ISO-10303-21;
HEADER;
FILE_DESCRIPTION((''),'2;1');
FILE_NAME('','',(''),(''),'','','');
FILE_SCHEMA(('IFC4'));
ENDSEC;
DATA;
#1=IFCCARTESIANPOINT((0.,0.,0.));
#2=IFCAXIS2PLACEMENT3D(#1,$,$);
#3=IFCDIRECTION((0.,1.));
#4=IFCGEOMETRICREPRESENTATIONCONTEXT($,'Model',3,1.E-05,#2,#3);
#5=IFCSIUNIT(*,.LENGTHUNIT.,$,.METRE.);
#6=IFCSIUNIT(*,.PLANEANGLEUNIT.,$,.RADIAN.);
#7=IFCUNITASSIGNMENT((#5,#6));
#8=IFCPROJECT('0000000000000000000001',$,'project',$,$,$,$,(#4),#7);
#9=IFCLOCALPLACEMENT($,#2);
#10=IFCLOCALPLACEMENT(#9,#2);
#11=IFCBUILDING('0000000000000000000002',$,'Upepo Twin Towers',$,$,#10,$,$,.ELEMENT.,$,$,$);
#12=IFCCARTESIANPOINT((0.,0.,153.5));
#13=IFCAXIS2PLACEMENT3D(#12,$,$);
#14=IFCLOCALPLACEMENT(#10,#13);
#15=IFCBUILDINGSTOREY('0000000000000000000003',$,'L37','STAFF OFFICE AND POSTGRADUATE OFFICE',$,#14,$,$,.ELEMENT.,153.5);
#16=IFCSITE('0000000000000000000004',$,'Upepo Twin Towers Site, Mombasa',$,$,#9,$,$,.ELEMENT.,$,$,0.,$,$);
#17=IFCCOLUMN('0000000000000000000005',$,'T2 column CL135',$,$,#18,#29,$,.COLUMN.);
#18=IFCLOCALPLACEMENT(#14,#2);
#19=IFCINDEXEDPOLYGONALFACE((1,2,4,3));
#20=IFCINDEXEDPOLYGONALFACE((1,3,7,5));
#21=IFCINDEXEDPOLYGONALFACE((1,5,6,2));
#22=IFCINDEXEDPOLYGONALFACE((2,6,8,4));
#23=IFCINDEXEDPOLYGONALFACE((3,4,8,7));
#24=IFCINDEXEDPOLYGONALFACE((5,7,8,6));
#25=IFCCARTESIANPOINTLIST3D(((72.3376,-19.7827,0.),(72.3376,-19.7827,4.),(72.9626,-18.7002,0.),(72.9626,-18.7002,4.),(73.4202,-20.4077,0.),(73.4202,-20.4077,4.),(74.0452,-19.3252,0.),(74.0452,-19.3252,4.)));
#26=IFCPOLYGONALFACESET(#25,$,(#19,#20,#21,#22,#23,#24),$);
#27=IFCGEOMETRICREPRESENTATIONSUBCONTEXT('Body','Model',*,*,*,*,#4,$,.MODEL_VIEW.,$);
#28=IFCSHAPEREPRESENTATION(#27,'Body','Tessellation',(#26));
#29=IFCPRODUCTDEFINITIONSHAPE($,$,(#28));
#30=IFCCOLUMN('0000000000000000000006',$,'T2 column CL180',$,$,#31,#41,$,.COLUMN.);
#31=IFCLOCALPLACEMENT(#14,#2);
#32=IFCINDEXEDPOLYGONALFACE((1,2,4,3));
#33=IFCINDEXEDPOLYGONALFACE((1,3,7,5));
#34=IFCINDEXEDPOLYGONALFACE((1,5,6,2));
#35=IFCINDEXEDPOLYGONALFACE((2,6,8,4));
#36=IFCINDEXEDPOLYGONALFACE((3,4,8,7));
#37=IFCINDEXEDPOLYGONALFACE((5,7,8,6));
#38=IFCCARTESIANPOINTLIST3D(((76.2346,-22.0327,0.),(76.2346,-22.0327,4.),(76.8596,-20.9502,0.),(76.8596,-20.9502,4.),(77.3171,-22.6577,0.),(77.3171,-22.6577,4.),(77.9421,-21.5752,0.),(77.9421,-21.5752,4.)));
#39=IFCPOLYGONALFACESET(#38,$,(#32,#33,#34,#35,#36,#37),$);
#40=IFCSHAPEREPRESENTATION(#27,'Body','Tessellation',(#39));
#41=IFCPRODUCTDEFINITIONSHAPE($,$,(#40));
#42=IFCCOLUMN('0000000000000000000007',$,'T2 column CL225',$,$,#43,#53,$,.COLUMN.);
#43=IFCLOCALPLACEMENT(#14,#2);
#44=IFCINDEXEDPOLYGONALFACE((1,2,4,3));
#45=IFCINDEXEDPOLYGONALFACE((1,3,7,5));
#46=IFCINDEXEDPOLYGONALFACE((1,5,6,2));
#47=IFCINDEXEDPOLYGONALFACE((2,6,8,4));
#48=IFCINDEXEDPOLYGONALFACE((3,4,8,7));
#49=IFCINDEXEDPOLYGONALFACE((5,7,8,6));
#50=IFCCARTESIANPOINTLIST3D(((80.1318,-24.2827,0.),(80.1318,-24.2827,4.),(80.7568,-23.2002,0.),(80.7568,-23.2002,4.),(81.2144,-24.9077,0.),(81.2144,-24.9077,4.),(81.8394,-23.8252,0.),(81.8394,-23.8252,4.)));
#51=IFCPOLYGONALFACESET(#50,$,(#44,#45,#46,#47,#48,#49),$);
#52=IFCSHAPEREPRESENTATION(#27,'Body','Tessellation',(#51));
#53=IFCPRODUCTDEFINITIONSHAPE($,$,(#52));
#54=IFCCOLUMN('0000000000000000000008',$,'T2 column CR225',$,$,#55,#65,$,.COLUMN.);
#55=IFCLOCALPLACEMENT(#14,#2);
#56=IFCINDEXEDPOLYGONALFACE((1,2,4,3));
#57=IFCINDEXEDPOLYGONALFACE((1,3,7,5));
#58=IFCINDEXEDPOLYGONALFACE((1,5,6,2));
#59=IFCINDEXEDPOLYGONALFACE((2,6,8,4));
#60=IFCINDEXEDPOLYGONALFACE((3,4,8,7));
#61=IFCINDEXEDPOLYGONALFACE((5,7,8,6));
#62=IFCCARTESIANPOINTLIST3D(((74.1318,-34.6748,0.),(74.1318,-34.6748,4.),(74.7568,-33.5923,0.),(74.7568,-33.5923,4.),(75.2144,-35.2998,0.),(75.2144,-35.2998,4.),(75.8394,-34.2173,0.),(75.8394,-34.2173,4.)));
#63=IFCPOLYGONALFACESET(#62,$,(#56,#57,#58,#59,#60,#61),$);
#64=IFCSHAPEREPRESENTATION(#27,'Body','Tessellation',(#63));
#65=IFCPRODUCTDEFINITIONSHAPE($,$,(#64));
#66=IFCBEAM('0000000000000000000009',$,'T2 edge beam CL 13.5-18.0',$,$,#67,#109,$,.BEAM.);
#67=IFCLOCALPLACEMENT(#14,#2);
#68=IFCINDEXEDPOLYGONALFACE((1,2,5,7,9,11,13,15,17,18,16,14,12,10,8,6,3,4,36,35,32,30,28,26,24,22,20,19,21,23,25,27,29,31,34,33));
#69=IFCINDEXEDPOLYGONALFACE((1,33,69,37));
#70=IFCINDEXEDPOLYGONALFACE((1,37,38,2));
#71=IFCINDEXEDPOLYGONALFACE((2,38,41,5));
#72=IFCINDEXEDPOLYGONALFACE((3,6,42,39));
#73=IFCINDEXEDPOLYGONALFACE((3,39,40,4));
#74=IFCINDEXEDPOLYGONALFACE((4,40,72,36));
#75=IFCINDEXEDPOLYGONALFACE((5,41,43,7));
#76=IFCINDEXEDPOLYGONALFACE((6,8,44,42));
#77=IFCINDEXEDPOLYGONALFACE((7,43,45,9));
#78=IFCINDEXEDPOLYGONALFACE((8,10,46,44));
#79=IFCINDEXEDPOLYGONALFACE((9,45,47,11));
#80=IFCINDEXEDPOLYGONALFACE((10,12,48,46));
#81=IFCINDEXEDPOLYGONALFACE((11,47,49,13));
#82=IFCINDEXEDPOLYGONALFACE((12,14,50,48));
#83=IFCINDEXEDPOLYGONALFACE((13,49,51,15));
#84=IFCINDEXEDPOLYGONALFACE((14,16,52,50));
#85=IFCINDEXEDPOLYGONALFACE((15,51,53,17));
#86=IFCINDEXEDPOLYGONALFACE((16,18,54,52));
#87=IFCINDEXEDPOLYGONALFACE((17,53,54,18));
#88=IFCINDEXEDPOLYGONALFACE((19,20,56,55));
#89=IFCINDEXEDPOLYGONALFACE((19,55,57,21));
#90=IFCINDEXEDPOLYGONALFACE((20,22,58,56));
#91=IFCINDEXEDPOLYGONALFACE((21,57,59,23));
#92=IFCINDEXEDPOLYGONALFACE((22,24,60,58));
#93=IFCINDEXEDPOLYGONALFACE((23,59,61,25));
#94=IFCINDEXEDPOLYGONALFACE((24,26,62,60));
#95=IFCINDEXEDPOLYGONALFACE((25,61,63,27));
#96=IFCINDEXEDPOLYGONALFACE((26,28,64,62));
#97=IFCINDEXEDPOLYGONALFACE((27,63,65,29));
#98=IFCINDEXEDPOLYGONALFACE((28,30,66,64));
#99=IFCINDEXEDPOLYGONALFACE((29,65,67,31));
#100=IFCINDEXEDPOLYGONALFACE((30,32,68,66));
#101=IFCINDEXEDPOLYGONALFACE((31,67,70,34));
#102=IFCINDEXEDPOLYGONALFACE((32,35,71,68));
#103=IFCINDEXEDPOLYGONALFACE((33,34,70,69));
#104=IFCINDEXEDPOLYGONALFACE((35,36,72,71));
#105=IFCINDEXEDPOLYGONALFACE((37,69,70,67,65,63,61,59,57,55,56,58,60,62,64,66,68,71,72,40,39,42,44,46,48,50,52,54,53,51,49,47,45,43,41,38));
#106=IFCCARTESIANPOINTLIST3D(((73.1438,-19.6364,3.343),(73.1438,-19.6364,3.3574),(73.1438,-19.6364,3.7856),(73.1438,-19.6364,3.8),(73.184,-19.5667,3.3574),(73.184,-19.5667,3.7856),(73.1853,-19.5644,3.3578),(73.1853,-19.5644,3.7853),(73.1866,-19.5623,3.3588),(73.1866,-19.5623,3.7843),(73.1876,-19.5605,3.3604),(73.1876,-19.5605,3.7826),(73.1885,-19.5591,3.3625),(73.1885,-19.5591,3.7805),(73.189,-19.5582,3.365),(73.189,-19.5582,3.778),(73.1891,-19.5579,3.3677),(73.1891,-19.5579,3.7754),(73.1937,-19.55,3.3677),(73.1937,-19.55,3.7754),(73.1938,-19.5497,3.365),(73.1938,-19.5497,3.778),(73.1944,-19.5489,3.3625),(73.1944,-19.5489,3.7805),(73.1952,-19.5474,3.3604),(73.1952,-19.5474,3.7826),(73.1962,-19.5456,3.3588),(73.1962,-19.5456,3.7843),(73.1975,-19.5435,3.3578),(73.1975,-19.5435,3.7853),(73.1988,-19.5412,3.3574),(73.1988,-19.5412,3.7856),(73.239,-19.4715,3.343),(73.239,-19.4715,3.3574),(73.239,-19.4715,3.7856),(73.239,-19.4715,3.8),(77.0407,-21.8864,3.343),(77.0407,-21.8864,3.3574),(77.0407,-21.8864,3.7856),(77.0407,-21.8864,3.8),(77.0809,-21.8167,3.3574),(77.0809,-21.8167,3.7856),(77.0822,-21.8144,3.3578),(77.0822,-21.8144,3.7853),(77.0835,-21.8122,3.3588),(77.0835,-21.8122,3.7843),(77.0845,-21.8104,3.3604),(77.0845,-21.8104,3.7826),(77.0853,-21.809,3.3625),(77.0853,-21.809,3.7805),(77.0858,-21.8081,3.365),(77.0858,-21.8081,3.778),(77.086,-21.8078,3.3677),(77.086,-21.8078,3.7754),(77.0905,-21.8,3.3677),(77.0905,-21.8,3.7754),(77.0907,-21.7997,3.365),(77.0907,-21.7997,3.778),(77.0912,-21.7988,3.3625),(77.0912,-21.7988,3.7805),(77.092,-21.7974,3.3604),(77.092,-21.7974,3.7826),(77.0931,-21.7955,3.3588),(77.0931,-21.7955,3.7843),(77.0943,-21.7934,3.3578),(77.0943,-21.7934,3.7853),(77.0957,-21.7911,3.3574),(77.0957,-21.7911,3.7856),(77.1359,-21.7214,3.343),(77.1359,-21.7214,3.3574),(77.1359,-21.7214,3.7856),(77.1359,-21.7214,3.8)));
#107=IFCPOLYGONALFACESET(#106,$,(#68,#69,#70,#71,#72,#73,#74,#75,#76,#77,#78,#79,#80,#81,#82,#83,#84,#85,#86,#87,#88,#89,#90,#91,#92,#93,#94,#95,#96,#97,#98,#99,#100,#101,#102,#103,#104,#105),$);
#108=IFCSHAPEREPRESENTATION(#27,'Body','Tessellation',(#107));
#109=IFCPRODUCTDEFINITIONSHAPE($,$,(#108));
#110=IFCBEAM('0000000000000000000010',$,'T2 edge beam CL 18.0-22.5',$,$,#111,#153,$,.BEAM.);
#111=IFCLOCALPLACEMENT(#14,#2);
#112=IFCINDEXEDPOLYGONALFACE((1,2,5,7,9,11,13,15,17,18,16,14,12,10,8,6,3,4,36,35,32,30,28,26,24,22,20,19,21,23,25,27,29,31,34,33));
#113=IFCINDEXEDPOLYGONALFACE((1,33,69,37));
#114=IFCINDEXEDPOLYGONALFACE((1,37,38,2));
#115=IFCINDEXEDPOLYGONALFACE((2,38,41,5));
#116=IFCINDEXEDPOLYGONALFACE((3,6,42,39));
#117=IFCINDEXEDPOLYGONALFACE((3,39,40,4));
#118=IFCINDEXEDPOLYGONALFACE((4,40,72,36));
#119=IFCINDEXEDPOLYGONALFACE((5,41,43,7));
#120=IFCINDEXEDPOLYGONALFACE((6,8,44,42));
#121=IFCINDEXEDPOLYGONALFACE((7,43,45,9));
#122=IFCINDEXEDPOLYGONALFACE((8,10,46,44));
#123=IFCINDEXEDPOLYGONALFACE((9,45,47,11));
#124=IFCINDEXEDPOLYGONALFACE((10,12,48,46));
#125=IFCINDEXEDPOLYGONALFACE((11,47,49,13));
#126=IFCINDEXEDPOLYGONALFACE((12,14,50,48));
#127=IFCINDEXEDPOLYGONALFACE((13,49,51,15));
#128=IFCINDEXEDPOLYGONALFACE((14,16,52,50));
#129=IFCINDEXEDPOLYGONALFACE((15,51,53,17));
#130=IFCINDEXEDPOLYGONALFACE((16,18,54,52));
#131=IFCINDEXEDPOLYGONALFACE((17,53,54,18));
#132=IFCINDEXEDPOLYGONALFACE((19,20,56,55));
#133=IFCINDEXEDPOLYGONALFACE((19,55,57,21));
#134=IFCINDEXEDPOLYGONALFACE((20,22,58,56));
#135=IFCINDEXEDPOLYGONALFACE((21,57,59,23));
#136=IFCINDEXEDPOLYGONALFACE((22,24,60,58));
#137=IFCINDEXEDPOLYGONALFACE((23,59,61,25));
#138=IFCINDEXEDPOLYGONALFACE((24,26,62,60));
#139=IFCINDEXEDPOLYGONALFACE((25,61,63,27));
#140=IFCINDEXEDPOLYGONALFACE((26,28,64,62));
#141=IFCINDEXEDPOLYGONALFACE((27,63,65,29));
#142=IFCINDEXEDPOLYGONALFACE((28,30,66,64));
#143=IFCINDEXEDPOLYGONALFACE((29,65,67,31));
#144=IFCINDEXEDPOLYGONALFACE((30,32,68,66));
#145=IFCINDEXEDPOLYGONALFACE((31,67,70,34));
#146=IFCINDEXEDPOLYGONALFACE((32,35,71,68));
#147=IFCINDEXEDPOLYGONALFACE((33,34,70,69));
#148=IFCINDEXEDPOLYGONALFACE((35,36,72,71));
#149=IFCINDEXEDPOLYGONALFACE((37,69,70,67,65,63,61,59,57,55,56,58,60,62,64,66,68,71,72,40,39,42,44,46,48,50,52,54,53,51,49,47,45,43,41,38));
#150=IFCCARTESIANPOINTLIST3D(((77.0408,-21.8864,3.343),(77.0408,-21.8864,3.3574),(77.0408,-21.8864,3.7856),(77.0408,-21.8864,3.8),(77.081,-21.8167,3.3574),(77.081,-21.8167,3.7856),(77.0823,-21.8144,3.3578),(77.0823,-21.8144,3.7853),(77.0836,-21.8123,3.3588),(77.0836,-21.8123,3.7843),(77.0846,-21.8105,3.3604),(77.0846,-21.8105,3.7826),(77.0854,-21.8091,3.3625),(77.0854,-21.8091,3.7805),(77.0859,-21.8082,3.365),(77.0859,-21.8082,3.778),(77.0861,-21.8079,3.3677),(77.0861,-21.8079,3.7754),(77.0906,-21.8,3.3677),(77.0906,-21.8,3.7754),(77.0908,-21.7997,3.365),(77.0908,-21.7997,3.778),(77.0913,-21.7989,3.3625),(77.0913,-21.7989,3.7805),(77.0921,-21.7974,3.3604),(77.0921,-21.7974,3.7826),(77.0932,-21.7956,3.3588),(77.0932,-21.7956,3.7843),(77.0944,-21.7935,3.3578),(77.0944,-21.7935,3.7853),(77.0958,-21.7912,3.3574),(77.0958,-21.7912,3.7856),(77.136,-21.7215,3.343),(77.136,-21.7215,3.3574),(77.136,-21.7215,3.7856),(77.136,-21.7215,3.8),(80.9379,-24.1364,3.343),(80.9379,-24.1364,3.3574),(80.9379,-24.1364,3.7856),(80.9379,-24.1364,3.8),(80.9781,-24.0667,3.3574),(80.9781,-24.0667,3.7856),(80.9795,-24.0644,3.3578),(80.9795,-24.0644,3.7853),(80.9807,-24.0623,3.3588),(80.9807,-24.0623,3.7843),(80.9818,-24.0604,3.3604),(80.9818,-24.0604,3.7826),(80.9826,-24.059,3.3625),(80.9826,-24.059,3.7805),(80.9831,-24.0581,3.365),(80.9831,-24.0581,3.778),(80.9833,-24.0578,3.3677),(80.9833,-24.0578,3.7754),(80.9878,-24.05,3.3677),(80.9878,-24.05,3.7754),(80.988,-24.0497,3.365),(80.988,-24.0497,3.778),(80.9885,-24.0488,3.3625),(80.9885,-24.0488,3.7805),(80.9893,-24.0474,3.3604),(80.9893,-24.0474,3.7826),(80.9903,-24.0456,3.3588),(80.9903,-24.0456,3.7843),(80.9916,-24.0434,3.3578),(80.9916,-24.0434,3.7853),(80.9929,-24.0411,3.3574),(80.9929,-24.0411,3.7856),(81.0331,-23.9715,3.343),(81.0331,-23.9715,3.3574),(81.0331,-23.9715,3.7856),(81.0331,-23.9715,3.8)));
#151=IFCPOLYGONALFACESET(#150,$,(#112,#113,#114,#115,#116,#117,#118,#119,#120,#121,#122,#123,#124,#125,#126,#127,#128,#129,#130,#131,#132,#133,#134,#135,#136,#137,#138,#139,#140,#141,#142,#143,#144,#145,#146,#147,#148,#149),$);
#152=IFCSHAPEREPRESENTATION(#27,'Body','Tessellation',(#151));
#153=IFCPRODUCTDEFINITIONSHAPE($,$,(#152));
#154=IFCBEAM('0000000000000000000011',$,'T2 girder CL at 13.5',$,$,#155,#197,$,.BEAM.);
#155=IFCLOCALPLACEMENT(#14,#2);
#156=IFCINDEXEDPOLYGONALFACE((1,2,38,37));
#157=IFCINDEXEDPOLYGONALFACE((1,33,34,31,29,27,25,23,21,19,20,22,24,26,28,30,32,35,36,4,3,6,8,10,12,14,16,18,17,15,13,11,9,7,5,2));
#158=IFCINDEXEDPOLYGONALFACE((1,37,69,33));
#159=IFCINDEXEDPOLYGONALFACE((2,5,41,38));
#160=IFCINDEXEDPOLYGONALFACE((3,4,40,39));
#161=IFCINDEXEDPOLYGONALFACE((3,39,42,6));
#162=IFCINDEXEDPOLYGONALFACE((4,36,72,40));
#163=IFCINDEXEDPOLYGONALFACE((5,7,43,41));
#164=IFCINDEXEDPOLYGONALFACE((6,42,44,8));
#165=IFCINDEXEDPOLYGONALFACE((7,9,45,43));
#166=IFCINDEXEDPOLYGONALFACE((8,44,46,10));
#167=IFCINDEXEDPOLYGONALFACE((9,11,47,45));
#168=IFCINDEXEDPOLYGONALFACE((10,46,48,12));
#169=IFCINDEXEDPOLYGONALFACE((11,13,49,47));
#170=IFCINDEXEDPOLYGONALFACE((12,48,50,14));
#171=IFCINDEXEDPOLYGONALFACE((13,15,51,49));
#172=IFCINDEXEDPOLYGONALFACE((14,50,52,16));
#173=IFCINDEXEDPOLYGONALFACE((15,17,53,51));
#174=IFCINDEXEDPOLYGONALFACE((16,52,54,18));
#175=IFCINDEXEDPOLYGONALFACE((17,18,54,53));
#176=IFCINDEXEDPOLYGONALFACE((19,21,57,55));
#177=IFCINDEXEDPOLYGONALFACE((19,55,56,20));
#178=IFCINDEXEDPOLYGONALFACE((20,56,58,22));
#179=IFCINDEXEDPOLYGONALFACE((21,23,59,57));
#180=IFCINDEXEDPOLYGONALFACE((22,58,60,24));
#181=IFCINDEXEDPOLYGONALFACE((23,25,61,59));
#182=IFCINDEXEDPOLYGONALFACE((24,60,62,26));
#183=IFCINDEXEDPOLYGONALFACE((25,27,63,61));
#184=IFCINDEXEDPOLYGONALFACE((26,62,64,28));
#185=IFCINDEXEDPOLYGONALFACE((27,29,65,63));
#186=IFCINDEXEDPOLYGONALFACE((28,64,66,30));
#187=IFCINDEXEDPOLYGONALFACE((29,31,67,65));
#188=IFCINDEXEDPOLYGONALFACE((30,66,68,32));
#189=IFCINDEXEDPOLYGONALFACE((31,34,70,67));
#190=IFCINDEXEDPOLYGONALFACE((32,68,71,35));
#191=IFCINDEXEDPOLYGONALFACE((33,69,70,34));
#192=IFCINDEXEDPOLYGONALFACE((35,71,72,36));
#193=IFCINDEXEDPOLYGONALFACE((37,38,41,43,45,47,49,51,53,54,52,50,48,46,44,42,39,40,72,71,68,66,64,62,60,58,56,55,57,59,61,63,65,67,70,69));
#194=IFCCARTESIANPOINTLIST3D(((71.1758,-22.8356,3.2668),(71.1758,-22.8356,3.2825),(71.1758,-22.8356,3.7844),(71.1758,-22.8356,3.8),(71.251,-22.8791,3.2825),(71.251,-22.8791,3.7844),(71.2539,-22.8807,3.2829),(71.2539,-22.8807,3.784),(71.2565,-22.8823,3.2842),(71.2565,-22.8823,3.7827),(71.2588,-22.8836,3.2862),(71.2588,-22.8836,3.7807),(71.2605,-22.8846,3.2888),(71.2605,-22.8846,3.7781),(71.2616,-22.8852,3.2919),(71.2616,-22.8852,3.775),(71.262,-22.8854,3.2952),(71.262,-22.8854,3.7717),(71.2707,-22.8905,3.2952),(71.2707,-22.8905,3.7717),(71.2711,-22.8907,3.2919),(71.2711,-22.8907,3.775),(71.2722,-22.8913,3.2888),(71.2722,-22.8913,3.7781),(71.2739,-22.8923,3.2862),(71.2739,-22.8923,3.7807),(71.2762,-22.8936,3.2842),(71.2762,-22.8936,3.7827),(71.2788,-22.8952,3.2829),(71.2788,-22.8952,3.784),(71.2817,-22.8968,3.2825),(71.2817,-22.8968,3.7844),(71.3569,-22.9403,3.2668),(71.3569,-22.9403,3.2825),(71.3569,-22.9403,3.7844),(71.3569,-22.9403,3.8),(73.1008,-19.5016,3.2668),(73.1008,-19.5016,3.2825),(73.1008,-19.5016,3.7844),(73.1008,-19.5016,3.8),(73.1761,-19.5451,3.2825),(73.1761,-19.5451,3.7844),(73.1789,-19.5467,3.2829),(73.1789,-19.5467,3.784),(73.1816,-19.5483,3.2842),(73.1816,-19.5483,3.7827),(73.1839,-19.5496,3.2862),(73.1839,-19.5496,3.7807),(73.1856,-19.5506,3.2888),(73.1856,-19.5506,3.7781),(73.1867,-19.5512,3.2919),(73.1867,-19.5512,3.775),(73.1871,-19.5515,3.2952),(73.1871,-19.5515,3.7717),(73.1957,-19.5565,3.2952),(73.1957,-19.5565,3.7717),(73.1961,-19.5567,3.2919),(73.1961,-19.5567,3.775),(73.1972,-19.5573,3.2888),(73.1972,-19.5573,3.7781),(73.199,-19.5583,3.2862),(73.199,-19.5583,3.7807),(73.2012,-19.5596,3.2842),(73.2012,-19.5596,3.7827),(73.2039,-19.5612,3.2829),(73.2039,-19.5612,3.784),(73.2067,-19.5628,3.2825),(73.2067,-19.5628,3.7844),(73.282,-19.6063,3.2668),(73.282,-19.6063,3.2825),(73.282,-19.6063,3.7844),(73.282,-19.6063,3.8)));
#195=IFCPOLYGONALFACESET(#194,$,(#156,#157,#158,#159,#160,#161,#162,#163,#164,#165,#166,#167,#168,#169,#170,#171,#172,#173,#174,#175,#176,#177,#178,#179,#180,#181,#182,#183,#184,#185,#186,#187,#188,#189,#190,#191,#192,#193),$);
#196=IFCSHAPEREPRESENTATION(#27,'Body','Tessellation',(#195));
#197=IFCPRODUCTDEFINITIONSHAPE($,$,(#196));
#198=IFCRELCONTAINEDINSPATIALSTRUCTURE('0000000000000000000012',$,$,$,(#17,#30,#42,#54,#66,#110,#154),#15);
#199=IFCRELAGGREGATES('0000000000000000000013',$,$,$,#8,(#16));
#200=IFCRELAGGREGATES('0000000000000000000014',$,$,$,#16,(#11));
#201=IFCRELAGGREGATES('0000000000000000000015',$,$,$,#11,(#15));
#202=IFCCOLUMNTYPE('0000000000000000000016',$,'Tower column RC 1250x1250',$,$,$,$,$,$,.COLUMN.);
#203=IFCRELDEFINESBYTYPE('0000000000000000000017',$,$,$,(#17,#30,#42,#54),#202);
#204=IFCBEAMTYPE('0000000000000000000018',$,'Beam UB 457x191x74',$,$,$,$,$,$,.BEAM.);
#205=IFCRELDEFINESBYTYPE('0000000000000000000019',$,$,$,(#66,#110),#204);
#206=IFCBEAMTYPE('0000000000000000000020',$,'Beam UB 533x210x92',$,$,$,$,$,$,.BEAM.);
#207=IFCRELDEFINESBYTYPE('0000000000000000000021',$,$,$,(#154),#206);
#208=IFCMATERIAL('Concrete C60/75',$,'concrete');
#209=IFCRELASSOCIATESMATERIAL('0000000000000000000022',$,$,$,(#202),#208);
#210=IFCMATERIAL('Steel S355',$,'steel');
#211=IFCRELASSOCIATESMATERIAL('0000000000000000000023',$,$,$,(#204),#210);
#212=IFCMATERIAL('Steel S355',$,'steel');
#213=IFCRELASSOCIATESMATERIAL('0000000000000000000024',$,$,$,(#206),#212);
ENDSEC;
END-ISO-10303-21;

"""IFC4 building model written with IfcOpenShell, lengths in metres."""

from ifc_helpers import new_model, si_unit, direction, frame, origin, origin_2d, place, context, subcontext, project, spatial, rectangle, i_section, extrude, material, material_profile, profile_set, type_object, element, save


model = new_model("IFC4")

# Units and contexts
model_context = context("Model", 3, precision=1e-05, world=origin(), true_north=direction((0.0, 1.0)))
body_context = subcontext(model_context, "Body", "Model", "MODEL_VIEW")
ifc_project = project(units=[si_unit("LENGTHUNIT", "METRE"), si_unit("PLANEANGLEUNIT", "RADIAN")], contexts=[model_context])

# Site, building, storey
site_placement = place(None, origin())
site = spatial("IfcSite", under=ifc_project, at=site_placement, Name="Upepo Twin Towers Site, Mombasa", CompositionType="ELEMENT", RefElevation=0.0)
building_placement = place(site_placement, origin())
building = spatial("IfcBuilding", under=site, at=building_placement, Name="Upepo Twin Towers", CompositionType="ELEMENT")
storey_placement = place(building_placement, frame((0.0, 0.0, 153.5)))
storey = spatial("IfcBuildingStorey", under=building, at=storey_placement, Name="L37", Description="STAFF OFFICE AND POSTGRADUATE OFFICE", CompositionType="ELEMENT", Elevation=153.5)

# Columns
ifc_material_1 = material(Name="Concrete C60/75", Category="concrete")
ifc_material_profile_1 = material_profile(ifc_material_1, rectangle(XDim=1.25, YDim=1.25, at=origin_2d()), Name="RC 1250x1250")
ifc_profile_set_1 = profile_set([ifc_material_profile_1], Name="Concrete C60/75")
column_type = type_object("IfcColumnType", Name="Tower column RC 1250x1250", PredefinedType="COLUMN", material=ifc_profile_set_1)
for number, where, z_axis, x_axis, name in (
    (1, (73.1914, -19.554, 0.0), (0.0, 0.0, 1.0), (0.5, 0.866025, 0.0), "T2 column CL135"),
    (2, (77.0884, -21.804, 0.0), (0.0, 0.0, 1.0), (0.5, 0.866025, 0.0), "T2 column CL180"),
    (3, (80.9856, -24.054, 0.0), (0.0, 0.0, 1.0), (0.5, 0.866025, 0.0), "T2 column CL225"),
    (4, (74.9856, -34.446, 0.0), (0.0, 0.0, 1.0), (0.5, 0.866025, 0.0), "T2 column CR225"),
):
    element("IfcColumn", number, at=place(storey_placement, frame(where, z_axis=z_axis, x_axis=x_axis)), inside=storey, type_object=column_type, Name=name, PredefinedType="COLUMN", context=body_context, shape_type="SweptSolid", body=[
        extrude(rectangle(XDim=1.25, YDim=1.25, at=origin_2d()), origin(), (0.0, 0.0, 1.0), 4.0),
    ])

# Beams
ifc_material_2 = material(Name="Steel S355", Category="steel")
ifc_material_profile_2 = material_profile(ifc_material_2, i_section(OverallWidth=0.1904, OverallDepth=0.457, WebThickness=0.009, FlangeThickness=0.0144, FilletRadius=0.0103, at=origin_2d()), Name="UB 457x191x74")
ifc_profile_set_2 = profile_set([ifc_material_profile_2], Name="Steel S355")
beam_type_1 = type_object("IfcBeamType", Name="Beam UB 457x191x74", PredefinedType="BEAM", material=ifc_profile_set_2)
beam_1_placement = place(storey_placement, frame((73.1914, -19.554, 3.5715), z_axis=(0.866018, -0.500014, 0.0), x_axis=(0.500014, 0.866018, 0.0)))
element("IfcBeam", 5, at=beam_1_placement, inside=storey, type_object=beam_type_1, Name="T2 edge beam CL 13.5-18.0", PredefinedType="BEAM", context=body_context, shape_type="SweptSolid", body=[
    extrude(i_section(OverallWidth=0.1904, OverallDepth=0.457, WebThickness=0.009, FlangeThickness=0.0144, FilletRadius=0.0103, at=origin_2d()), origin(), (0.0, 0.0, 1.0), 4.4998),
])
beam_2_placement = place(storey_placement, frame((77.0884, -21.804, 3.5715), z_axis=(0.866031, -0.49999, 0.0), x_axis=(0.49999, 0.866031, 0.0)))
element("IfcBeam", 6, at=beam_2_placement, inside=storey, type_object=beam_type_1, Name="T2 edge beam CL 18.0-22.5", PredefinedType="BEAM", context=body_context, shape_type="SweptSolid", body=[
    extrude(i_section(OverallWidth=0.1904, OverallDepth=0.457, WebThickness=0.009, FlangeThickness=0.0144, FilletRadius=0.0103, at=origin_2d()), origin(), (0.0, 0.0, 1.0), 4.5),
])
ifc_material_3 = material(Name="Steel S355", Category="steel")
ifc_material_profile_3 = material_profile(ifc_material_3, i_section(OverallWidth=0.2092, OverallDepth=0.5332, WebThickness=0.01, FlangeThickness=0.0156, FilletRadius=0.0127, at=origin_2d()), Name="UB 533x210x92")
ifc_profile_set_3 = profile_set([ifc_material_profile_3], Name="Steel S355")
beam_type_2 = type_object("IfcBeamType", Name="Beam UB 533x210x92", PredefinedType="BEAM", material=ifc_profile_set_3)
beam_3_placement = place(storey_placement, frame((73.1914, -19.554, 3.5334), z_axis=(-0.500034, -0.866006, 0.0), x_axis=(0.866006, -0.500034, 0.0)))
element("IfcBeam", 7, at=beam_3_placement, inside=storey, type_object=beam_type_2, Name="T2 girder CL at 13.5", PredefinedType="BEAM", context=body_context, shape_type="SweptSolid", body=[
    extrude(i_section(OverallWidth=0.2092, OverallDepth=0.5332, WebThickness=0.01, FlangeThickness=0.0156, FilletRadius=0.0127, at=origin_2d()), origin(), (0.0, 0.0, 1.0), 3.8499),
])

save(model, "model.ifc")
